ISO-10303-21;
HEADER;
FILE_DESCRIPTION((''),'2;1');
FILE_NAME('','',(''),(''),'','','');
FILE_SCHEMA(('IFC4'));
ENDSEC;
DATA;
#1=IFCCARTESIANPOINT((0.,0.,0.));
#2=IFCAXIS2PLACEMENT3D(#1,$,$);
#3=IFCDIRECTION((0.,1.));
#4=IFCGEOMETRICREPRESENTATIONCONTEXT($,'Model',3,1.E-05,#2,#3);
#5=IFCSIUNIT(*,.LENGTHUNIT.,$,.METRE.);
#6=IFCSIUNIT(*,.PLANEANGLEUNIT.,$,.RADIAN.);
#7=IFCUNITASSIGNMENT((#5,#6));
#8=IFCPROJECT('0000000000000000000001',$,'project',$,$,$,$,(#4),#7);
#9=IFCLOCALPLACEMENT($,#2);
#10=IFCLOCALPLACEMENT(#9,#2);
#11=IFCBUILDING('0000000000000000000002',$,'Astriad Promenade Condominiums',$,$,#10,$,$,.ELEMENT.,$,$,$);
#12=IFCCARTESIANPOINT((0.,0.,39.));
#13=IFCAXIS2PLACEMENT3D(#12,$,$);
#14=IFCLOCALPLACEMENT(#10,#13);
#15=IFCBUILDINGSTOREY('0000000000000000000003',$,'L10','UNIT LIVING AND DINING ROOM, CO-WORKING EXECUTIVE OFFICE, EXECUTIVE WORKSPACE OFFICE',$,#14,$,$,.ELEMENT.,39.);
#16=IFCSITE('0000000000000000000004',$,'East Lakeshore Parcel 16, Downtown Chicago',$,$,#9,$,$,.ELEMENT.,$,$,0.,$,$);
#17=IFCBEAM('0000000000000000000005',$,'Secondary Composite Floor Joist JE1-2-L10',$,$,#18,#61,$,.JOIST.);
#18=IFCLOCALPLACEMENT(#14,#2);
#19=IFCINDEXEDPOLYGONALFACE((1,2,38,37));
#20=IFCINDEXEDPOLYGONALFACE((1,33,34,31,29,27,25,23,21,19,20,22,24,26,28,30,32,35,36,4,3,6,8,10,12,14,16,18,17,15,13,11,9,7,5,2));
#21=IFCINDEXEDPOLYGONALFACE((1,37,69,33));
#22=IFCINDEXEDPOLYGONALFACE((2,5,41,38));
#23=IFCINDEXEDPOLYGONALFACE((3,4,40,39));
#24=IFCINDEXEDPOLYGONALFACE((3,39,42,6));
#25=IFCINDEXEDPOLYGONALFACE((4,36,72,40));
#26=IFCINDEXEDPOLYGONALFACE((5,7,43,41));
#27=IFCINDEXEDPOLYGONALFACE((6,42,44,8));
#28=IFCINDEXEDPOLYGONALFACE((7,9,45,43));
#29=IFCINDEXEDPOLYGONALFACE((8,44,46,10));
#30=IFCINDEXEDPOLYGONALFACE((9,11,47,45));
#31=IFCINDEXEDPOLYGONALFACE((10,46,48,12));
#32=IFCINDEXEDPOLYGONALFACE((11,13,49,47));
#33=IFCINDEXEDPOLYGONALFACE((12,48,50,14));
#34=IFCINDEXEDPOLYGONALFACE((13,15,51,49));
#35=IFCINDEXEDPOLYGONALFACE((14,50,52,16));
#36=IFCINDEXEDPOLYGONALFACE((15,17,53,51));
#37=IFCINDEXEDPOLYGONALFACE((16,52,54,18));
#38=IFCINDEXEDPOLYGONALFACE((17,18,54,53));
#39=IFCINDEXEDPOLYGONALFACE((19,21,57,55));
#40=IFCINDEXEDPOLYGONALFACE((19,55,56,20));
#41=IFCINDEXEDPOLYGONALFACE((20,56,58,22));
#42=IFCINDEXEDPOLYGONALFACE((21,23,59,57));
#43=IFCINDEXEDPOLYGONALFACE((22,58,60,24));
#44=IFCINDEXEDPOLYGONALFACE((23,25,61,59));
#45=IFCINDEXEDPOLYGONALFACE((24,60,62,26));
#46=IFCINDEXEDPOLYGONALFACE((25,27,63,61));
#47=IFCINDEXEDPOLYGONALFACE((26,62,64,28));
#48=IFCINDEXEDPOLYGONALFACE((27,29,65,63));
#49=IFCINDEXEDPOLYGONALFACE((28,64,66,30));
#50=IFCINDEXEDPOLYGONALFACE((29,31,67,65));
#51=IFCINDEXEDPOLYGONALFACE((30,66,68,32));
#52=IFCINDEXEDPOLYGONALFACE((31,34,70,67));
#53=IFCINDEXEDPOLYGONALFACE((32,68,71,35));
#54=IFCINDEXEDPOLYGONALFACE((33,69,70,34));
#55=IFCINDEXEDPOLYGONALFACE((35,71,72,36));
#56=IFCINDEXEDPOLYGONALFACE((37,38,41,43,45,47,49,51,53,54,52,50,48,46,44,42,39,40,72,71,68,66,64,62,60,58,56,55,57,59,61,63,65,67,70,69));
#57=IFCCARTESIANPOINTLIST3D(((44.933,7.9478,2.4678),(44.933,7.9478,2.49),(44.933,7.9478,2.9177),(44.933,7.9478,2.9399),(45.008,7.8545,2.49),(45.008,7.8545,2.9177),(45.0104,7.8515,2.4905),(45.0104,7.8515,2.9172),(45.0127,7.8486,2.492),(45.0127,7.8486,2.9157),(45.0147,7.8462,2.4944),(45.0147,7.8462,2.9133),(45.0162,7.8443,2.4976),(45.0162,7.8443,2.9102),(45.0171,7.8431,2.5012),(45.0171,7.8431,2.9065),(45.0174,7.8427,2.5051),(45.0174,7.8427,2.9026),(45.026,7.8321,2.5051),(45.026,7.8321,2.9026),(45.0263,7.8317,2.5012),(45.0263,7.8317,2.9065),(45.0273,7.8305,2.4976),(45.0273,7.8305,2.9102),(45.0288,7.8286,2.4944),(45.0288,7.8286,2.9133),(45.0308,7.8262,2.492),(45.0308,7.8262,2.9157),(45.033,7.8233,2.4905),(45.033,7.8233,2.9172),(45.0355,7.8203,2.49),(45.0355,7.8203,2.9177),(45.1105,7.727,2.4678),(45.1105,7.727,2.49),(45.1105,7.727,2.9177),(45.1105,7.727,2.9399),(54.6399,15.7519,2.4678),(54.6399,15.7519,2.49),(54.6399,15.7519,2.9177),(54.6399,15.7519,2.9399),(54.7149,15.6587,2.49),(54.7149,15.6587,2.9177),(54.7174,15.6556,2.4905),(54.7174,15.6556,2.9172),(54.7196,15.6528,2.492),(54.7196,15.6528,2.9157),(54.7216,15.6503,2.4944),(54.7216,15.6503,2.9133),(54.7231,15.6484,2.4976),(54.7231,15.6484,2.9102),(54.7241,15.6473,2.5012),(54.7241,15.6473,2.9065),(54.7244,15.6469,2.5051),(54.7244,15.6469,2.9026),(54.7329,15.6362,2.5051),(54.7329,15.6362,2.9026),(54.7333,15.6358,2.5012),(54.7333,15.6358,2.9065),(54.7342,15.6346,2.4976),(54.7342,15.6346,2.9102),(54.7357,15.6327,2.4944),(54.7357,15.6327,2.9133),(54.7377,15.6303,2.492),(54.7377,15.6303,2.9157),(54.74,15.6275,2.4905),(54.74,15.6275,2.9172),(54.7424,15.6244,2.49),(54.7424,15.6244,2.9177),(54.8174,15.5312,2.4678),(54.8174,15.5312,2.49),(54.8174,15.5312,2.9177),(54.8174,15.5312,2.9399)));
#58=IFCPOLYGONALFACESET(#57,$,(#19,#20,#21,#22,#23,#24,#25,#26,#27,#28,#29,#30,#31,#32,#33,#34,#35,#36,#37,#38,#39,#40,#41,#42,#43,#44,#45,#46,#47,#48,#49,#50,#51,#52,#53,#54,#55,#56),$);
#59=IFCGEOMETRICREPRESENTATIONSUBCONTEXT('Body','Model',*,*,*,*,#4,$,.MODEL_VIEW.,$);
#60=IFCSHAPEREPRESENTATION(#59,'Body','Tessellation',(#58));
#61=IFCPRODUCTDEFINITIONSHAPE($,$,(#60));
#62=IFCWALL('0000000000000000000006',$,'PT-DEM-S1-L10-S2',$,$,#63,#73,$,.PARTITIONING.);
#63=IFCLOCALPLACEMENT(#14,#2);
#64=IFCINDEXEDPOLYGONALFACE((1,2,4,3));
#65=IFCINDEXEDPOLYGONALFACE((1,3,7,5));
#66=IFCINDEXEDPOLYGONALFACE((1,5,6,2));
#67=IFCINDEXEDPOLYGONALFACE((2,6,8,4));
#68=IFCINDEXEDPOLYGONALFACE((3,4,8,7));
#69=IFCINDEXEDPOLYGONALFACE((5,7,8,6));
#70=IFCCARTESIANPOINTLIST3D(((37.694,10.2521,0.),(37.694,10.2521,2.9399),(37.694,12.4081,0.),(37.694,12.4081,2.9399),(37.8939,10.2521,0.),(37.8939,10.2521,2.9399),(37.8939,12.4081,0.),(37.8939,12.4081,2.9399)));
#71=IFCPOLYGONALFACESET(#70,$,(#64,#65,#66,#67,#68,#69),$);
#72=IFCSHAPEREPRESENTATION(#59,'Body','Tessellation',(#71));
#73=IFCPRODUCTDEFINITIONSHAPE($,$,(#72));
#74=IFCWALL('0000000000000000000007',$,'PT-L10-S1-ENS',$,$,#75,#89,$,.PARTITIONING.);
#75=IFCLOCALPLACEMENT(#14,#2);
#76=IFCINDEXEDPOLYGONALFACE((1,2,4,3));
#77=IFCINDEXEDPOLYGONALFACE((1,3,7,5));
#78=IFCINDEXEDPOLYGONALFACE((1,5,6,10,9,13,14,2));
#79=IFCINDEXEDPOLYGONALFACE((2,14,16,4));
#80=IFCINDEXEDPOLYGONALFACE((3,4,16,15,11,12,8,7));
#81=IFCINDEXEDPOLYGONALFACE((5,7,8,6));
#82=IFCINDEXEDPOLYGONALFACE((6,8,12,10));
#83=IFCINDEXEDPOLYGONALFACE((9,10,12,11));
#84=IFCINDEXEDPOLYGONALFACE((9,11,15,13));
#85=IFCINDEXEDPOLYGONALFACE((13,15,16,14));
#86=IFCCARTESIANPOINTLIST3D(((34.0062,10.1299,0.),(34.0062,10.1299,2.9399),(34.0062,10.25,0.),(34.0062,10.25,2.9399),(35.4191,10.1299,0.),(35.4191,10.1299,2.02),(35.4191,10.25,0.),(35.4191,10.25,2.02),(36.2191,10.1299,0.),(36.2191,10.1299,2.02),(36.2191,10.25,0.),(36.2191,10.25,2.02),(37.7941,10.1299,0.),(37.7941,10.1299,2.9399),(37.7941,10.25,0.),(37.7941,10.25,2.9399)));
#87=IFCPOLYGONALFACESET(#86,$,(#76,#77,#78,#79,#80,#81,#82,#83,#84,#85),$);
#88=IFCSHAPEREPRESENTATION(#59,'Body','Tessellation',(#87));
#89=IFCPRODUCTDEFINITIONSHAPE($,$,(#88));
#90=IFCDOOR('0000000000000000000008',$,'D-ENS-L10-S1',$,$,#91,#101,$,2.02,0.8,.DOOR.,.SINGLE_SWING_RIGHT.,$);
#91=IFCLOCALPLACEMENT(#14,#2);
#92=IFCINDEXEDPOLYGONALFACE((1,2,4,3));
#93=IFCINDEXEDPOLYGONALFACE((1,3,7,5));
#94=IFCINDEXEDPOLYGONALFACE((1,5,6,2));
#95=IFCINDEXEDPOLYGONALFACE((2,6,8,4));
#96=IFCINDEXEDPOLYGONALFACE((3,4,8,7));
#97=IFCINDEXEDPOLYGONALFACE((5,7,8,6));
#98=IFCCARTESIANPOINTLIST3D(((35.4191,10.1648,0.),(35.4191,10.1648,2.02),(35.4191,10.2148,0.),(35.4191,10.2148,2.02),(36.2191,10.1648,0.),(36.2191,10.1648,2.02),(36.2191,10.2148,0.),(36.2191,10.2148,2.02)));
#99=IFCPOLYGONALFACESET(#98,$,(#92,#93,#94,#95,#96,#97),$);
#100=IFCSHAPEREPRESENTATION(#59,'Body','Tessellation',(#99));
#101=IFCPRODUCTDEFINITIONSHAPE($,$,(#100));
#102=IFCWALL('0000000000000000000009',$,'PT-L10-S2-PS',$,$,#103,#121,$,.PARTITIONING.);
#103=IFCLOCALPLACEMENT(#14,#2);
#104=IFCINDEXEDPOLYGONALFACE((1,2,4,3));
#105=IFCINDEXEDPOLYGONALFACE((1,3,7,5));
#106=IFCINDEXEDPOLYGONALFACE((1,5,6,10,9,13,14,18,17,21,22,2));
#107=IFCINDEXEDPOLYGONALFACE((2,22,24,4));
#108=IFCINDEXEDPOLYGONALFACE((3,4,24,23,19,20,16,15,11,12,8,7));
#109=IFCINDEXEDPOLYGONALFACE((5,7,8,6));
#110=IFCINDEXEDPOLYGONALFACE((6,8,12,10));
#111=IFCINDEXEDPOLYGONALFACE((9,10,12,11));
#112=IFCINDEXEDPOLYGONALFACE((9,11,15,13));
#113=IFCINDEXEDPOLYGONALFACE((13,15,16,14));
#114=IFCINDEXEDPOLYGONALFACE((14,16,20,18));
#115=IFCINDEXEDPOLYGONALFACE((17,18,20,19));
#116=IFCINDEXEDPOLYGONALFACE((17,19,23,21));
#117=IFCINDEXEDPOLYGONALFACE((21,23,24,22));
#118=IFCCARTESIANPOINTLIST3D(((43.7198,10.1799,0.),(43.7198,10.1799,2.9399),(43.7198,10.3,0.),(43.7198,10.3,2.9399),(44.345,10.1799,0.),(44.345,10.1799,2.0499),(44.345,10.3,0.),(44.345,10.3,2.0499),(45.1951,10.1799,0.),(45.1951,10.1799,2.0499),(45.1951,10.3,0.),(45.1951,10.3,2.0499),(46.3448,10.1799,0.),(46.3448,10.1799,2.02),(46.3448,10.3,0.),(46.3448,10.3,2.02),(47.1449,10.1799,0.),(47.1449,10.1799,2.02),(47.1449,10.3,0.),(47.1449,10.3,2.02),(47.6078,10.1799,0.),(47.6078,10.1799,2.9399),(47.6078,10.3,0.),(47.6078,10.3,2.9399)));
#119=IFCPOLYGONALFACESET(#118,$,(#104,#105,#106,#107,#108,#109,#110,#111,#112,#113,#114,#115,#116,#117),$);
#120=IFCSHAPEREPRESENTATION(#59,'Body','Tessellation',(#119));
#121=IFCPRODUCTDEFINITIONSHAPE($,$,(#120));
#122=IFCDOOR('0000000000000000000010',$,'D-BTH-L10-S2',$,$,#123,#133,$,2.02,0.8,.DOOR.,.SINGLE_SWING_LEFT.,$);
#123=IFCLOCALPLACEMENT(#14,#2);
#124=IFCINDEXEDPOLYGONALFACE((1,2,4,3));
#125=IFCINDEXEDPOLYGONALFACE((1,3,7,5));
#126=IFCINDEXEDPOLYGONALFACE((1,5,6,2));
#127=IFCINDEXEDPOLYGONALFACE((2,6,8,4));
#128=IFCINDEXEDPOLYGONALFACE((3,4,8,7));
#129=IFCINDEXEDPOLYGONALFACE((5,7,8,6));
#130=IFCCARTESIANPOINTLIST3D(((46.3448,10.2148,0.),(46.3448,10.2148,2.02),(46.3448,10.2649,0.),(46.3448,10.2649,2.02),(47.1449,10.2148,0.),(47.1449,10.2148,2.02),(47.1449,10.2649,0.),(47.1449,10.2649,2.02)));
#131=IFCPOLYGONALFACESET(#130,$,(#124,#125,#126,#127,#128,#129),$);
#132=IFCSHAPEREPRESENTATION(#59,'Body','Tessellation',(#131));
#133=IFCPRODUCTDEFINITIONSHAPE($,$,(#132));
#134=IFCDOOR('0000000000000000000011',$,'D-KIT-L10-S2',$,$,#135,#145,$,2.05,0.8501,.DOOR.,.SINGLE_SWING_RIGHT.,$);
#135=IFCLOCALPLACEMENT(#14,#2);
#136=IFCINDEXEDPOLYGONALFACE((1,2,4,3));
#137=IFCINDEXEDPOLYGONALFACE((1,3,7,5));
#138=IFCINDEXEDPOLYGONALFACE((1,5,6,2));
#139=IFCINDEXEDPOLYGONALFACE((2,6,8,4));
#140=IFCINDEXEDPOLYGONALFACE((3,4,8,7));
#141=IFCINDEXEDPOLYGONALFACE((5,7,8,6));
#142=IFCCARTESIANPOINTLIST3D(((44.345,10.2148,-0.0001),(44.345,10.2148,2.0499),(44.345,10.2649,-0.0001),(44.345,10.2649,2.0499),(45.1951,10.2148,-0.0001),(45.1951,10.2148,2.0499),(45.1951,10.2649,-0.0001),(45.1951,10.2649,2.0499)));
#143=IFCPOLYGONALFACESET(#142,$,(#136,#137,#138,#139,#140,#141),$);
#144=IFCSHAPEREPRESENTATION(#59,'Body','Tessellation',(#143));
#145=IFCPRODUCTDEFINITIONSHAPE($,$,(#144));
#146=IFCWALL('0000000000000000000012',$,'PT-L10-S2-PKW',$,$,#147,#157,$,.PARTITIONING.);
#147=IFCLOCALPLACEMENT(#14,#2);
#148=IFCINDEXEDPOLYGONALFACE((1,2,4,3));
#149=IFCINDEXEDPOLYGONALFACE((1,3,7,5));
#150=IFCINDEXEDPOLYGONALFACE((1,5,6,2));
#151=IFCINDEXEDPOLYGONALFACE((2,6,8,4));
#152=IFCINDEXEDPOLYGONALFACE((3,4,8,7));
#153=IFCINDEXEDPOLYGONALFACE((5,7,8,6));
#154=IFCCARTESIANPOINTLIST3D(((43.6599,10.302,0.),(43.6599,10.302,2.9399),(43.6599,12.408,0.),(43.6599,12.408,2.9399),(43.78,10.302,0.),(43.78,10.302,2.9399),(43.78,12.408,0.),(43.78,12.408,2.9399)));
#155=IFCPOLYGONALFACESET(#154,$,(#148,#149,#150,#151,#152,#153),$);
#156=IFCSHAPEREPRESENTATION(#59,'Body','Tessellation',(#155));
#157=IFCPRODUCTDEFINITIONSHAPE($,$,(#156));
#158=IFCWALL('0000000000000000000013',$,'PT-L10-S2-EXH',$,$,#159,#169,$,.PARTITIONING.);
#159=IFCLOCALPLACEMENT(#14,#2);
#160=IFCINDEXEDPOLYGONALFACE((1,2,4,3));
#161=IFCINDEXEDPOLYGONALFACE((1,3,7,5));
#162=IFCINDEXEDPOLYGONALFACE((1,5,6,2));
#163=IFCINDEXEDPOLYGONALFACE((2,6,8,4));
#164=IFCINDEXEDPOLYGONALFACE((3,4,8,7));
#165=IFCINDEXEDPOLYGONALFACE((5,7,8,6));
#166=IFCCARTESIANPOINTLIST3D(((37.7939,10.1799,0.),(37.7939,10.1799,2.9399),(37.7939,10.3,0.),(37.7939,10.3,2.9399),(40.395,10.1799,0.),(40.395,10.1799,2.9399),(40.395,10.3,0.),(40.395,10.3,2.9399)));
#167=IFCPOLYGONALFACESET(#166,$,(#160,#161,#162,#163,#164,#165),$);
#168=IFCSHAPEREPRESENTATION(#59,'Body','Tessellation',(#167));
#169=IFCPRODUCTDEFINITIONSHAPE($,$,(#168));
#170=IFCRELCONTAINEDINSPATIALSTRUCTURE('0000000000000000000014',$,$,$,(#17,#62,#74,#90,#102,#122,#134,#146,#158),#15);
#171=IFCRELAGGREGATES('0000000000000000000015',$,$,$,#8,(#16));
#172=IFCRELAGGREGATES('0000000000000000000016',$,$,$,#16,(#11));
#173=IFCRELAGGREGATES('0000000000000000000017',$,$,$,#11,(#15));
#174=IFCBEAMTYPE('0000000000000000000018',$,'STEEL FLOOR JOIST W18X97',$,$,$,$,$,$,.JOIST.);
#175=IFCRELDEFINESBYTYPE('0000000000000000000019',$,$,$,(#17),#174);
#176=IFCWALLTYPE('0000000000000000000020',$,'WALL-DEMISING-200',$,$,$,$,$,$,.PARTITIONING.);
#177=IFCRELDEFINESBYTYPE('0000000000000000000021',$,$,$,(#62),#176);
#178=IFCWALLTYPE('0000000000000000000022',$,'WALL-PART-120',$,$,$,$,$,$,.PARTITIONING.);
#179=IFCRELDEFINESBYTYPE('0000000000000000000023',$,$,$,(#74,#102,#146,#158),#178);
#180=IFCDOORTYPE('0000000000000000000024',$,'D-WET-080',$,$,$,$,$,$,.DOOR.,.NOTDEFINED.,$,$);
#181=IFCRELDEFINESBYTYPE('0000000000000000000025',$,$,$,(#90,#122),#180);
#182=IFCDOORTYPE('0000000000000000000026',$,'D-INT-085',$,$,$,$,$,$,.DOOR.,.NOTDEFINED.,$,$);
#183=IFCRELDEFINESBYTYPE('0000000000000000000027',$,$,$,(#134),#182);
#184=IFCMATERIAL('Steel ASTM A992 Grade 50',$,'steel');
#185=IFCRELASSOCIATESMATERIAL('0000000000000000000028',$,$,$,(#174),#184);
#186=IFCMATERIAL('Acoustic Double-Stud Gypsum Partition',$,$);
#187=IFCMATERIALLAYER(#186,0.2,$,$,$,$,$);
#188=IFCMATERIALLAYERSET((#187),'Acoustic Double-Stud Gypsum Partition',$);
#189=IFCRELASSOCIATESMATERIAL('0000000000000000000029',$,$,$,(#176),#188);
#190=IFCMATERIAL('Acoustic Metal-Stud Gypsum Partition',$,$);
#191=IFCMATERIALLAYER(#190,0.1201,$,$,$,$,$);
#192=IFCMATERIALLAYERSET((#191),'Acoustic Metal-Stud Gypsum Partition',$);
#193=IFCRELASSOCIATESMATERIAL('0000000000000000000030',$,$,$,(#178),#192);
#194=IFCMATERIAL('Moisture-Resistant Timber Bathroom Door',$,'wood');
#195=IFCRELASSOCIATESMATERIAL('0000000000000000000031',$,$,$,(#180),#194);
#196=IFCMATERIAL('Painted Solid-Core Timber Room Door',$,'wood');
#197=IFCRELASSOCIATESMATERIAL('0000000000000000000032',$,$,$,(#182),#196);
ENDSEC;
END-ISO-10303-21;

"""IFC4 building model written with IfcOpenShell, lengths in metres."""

from ifc_helpers import new_model, si_unit, direction, frame, frame_2d, origin, origin_2d, place, context, subcontext, project, spatial, rectangle, i_section, extrude, source, transform, mapped, material, layer, layer_set, material_profile, profile_set, type_object, type_shapes, element, fill, save


model = new_model("IFC4")

# Units and contexts
model_context = context("Model", 3, precision=1e-05, world=origin(), true_north=direction((0.0, 1.0)))
body_context = subcontext(model_context, "Body", "Model", "MODEL_VIEW")
ifc_project = project(units=[si_unit("LENGTHUNIT", "METRE"), si_unit("PLANEANGLEUNIT", "RADIAN")], contexts=[model_context])

# Site, building, storey
site_placement = place(None, origin())
site = spatial("IfcSite", under=ifc_project, at=site_placement, Name="East Lakeshore Parcel 16, Downtown Chicago", CompositionType="ELEMENT", RefElevation=0.0)
building_placement = place(site_placement, origin())
building = spatial("IfcBuilding", under=site, at=building_placement, Name="Astriad Promenade Condominiums", CompositionType="ELEMENT")
storey_placement = place(building_placement, frame((0.0, 0.0, 39.0)))
storey = spatial("IfcBuildingStorey", under=building, at=storey_placement, Name="L10", Description="UNIT LIVING AND DINING ROOM, CO-WORKING EXECUTIVE OFFICE, EXECUTIVE WORKSPACE OFFICE", CompositionType="ELEMENT", Elevation=39.0)

# Shared definitions
ifc_material_1 = material(Name="Steel ASTM A992 Grade 50", Category="steel")

# Beam
ifc_material_profile_1 = material_profile(ifc_material_1, i_section(OverallWidth=0.2832, OverallDepth=0.4722, WebThickness=0.0137, FlangeThickness=0.0222, FilletRadius=0.0151, at=origin_2d()), Name="W18X97")
ifc_profile_set_1 = profile_set([ifc_material_profile_1], Name="Steel ASTM A992 Grade 50")
beam_type_1 = type_object("IfcBeamType", Name="STEEL FLOOR JOIST W18X97", PredefinedType="JOIST", material=ifc_profile_set_1)
shared_shape_1 = source(origin(), body_context, "Body", "SweptSolid", [
    extrude(i_section(OverallWidth=0.2832, OverallDepth=0.4722, WebThickness=0.0137, FlangeThickness=0.0222, FilletRadius=0.0151, at=origin_2d()), origin(), (0.0, 0.0, 1.0), 12.4551),
])
beam_1_placement = place(storey_placement, frame((45.0217, 7.8374, 2.7039), z_axis=(0.779356, 0.626582, 0.0), x_axis=(-0.626582, 0.779356, 0.0)))
element("IfcBeam", 1, at=beam_1_placement, inside=storey, type_object=beam_type_1, Name="Secondary Composite Floor Joist JE1-2-L10", PredefinedType="JOIST", context=body_context, shape_type="MappedRepresentation", body=[
    mapped(shared_shape_1, transform((0.0, 0.0, 0.0), scale=1.0)),
])

# Wall
ifc_material_2 = material(Name="Acoustic Double-Stud Gypsum Partition")
ifc_layer_1 = layer(ifc_material_2, 0.2)
ifc_layer_set_1 = layer_set([ifc_layer_1], Name="Acoustic Double-Stud Gypsum Partition")
wall_type_1 = type_object("IfcWallType", Name="WALL-DEMISING-200", PredefinedType="PARTITIONING", material=ifc_layer_set_1)
wall_1_placement = place(storey_placement, frame((37.7939, 10.252, 0.0), z_axis=(0.0, 0.0, 1.0), x_axis=(0.0, 1.0, 0.0)))
element("IfcWall", 2, at=wall_1_placement, inside=storey, type_object=wall_type_1, Name="PT-DEM-S1-L10-S2", PredefinedType="PARTITIONING", context=body_context, shape_type="SweptSolid", body=[
    extrude(rectangle(XDim=2.156, YDim=0.2, at=frame_2d((1.0781, 0.0))), origin(), (0.0, 0.0, 1.0), 2.9399),
])

# Wall, opening, door
ifc_material_3 = material(Name="Acoustic Metal-Stud Gypsum Partition")
ifc_layer_2 = layer(ifc_material_3, 0.1201)
ifc_layer_set_2 = layer_set([ifc_layer_2], Name="Acoustic Metal-Stud Gypsum Partition")
wall_type_2 = type_object("IfcWallType", Name="WALL-PART-120", PredefinedType="PARTITIONING", material=ifc_layer_set_2)
wall_2_placement = place(storey_placement, frame((34.0061, 10.1899, 0.0), z_axis=(0.0, 0.0, 1.0), x_axis=(1.0, 0.0, 0.0)))
wall_2 = element("IfcWall", 3, at=wall_2_placement, inside=storey, type_object=wall_type_2, Name="PT-L10-S1-ENS", PredefinedType="PARTITIONING", context=body_context, shape_type="SweptSolid", body=[
    extrude(rectangle(XDim=3.7878, YDim=0.1201, at=frame_2d((1.894, 0.0))), origin(), (0.0, 0.0, 1.0), 2.9399),
])
opening_1_placement = place(wall_2_placement, frame((1.4131, 0.0, 0.0)))
opening_1 = element("IfcOpeningElement", 4, at=opening_1_placement, cuts=wall_2, PredefinedType="OPENING", context=body_context, shape_type="SweptSolid", body=[
    extrude(rectangle(XDim=0.8, YDim=2.02, at=frame_2d((0.3999, 1.01))), frame((0.0, 0.0701, 0.0), z_axis=(0.0, -1.0, 0.0), x_axis=(1.0, 0.0, 0.0)), (0.0, 0.0, 1.0), 0.1401),
])
ifc_material_4 = material(Name="Moisture-Resistant Timber Bathroom Door", Category="wood")
door_type_1 = type_object("IfcDoorType", Name="D-WET-080", OperationType="NOTDEFINED", PredefinedType="DOOR", material=ifc_material_4)
shared_shape_2 = source(origin(), body_context, "Body", "SweptSolid", [
    extrude(rectangle(XDim=0.8, YDim=2.02, at=frame_2d((0.3999, 1.01))), frame((0.0, 0.0249, 0.0), z_axis=(0.0, -1.0, 0.0), x_axis=(1.0, 0.0, 0.0)), (0.0, 0.0, 1.0), 0.05),
])
type_shapes(door_type_1, [shared_shape_2])
door_1_placement = place(opening_1_placement, origin())
door_1 = element("IfcDoor", 5, at=door_1_placement, inside=storey, type_object=door_type_1, Name="D-ENS-L10-S1", OperationType="SINGLE_SWING_RIGHT", OverallHeight=2.02, OverallWidth=0.8, PredefinedType="DOOR", context=body_context, shape_type="MappedRepresentation", body=[
    mapped(shared_shape_2, transform((0.0, 0.0, 0.0), scale=1.0)),
])
fill(opening_1, door_1)

# Wall, openings, doors
wall_3_placement = place(storey_placement, frame((43.72, 10.24, 0.0), z_axis=(0.0, 0.0, 1.0), x_axis=(1.0, 0.0, 0.0)))
wall_3 = element("IfcWall", 6, at=wall_3_placement, inside=storey, type_object=wall_type_2, Name="PT-L10-S2-PS", PredefinedType="PARTITIONING", context=body_context, shape_type="SweptSolid", body=[
    extrude(rectangle(XDim=3.8879, YDim=0.1201, at=frame_2d((1.9438, 0.0))), origin(), (0.0, 0.0, 1.0), 2.9399),
])
opening_2_placement = place(wall_3_placement, frame((0.625, 0.0, 0.0)))
opening_2 = element("IfcOpeningElement", 7, at=opening_2_placement, cuts=wall_3, PredefinedType="OPENING", context=body_context, shape_type="SweptSolid", body=[
    extrude(rectangle(XDim=0.8501, YDim=2.05, at=frame_2d((0.425, 1.0249))), frame((0.0, 0.0701, 0.0), z_axis=(0.0, -1.0, 0.0), x_axis=(1.0, 0.0, 0.0)), (0.0, 0.0, 1.0), 0.1401),
])
opening_3_placement = place(wall_3_placement, frame((2.625, 0.0, 0.0)))
opening_3 = element("IfcOpeningElement", 8, at=opening_3_placement, cuts=wall_3, PredefinedType="OPENING", context=body_context, shape_type="SweptSolid", body=[
    extrude(rectangle(XDim=0.8, YDim=2.02, at=frame_2d((0.3999, 1.01))), frame((0.0, 0.0701, 0.0), z_axis=(0.0, -1.0, 0.0), x_axis=(1.0, 0.0, 0.0)), (0.0, 0.0, 1.0), 0.1401),
])
door_2_placement = place(opening_3_placement, origin())
door_2 = element("IfcDoor", 9, at=door_2_placement, inside=storey, type_object=door_type_1, Name="D-BTH-L10-S2", OperationType="SINGLE_SWING_LEFT", OverallHeight=2.02, OverallWidth=0.8, PredefinedType="DOOR", context=body_context, shape_type="MappedRepresentation", body=[
    mapped(shared_shape_2, transform((0.0, 0.0, 0.0), scale=1.0)),
])
fill(opening_3, door_2)
ifc_material_5 = material(Name="Painted Solid-Core Timber Room Door", Category="wood")
door_type_2 = type_object("IfcDoorType", Name="D-INT-085", OperationType="NOTDEFINED", PredefinedType="DOOR", material=ifc_material_5)
shared_shape_3 = source(origin(), body_context, "Body", "SweptSolid", [
    extrude(rectangle(XDim=0.8501, YDim=2.05, at=frame_2d((0.425, 1.0249))), frame((0.0, 0.0249, 0.0), z_axis=(0.0, -1.0, 0.0), x_axis=(1.0, 0.0, 0.0)), (0.0, 0.0, 1.0), 0.05),
])
type_shapes(door_type_2, [shared_shape_3])
door_3_placement = place(opening_2_placement, origin())
door_3 = element("IfcDoor", 10, at=door_3_placement, inside=storey, type_object=door_type_2, Name="D-KIT-L10-S2", OperationType="SINGLE_SWING_RIGHT", OverallHeight=2.05, OverallWidth=0.8501, PredefinedType="DOOR", context=body_context, shape_type="MappedRepresentation", body=[
    mapped(shared_shape_3, transform((0.0, 0.0, 0.0), scale=1.0)),
])
fill(opening_2, door_3)

# Walls
wall_4_placement = place(storey_placement, frame((43.72, 10.302, 0.0), z_axis=(0.0, 0.0, 1.0), x_axis=(0.0, 1.0, 0.0)))
element("IfcWall", 11, at=wall_4_placement, inside=storey, type_object=wall_type_2, Name="PT-L10-S2-PKW", PredefinedType="PARTITIONING", context=body_context, shape_type="SweptSolid", body=[
    extrude(rectangle(XDim=2.106, YDim=0.1201, at=frame_2d((1.053, 0.0))), origin(), (0.0, 0.0, 1.0), 2.9399),
])
wall_5_placement = place(storey_placement, frame((37.7939, 10.24, 0.0), z_axis=(0.0, 0.0, 1.0), x_axis=(1.0, 0.0, 0.0)))
element("IfcWall", 12, at=wall_5_placement, inside=storey, type_object=wall_type_2, Name="PT-L10-S2-EXH", PredefinedType="PARTITIONING", context=body_context, shape_type="SweptSolid", body=[
    extrude(rectangle(XDim=2.6011, YDim=0.1201, at=frame_2d((1.3005, 0.0))), origin(), (0.0, 0.0, 1.0), 2.9399),
])

save(model, "model.ifc")
